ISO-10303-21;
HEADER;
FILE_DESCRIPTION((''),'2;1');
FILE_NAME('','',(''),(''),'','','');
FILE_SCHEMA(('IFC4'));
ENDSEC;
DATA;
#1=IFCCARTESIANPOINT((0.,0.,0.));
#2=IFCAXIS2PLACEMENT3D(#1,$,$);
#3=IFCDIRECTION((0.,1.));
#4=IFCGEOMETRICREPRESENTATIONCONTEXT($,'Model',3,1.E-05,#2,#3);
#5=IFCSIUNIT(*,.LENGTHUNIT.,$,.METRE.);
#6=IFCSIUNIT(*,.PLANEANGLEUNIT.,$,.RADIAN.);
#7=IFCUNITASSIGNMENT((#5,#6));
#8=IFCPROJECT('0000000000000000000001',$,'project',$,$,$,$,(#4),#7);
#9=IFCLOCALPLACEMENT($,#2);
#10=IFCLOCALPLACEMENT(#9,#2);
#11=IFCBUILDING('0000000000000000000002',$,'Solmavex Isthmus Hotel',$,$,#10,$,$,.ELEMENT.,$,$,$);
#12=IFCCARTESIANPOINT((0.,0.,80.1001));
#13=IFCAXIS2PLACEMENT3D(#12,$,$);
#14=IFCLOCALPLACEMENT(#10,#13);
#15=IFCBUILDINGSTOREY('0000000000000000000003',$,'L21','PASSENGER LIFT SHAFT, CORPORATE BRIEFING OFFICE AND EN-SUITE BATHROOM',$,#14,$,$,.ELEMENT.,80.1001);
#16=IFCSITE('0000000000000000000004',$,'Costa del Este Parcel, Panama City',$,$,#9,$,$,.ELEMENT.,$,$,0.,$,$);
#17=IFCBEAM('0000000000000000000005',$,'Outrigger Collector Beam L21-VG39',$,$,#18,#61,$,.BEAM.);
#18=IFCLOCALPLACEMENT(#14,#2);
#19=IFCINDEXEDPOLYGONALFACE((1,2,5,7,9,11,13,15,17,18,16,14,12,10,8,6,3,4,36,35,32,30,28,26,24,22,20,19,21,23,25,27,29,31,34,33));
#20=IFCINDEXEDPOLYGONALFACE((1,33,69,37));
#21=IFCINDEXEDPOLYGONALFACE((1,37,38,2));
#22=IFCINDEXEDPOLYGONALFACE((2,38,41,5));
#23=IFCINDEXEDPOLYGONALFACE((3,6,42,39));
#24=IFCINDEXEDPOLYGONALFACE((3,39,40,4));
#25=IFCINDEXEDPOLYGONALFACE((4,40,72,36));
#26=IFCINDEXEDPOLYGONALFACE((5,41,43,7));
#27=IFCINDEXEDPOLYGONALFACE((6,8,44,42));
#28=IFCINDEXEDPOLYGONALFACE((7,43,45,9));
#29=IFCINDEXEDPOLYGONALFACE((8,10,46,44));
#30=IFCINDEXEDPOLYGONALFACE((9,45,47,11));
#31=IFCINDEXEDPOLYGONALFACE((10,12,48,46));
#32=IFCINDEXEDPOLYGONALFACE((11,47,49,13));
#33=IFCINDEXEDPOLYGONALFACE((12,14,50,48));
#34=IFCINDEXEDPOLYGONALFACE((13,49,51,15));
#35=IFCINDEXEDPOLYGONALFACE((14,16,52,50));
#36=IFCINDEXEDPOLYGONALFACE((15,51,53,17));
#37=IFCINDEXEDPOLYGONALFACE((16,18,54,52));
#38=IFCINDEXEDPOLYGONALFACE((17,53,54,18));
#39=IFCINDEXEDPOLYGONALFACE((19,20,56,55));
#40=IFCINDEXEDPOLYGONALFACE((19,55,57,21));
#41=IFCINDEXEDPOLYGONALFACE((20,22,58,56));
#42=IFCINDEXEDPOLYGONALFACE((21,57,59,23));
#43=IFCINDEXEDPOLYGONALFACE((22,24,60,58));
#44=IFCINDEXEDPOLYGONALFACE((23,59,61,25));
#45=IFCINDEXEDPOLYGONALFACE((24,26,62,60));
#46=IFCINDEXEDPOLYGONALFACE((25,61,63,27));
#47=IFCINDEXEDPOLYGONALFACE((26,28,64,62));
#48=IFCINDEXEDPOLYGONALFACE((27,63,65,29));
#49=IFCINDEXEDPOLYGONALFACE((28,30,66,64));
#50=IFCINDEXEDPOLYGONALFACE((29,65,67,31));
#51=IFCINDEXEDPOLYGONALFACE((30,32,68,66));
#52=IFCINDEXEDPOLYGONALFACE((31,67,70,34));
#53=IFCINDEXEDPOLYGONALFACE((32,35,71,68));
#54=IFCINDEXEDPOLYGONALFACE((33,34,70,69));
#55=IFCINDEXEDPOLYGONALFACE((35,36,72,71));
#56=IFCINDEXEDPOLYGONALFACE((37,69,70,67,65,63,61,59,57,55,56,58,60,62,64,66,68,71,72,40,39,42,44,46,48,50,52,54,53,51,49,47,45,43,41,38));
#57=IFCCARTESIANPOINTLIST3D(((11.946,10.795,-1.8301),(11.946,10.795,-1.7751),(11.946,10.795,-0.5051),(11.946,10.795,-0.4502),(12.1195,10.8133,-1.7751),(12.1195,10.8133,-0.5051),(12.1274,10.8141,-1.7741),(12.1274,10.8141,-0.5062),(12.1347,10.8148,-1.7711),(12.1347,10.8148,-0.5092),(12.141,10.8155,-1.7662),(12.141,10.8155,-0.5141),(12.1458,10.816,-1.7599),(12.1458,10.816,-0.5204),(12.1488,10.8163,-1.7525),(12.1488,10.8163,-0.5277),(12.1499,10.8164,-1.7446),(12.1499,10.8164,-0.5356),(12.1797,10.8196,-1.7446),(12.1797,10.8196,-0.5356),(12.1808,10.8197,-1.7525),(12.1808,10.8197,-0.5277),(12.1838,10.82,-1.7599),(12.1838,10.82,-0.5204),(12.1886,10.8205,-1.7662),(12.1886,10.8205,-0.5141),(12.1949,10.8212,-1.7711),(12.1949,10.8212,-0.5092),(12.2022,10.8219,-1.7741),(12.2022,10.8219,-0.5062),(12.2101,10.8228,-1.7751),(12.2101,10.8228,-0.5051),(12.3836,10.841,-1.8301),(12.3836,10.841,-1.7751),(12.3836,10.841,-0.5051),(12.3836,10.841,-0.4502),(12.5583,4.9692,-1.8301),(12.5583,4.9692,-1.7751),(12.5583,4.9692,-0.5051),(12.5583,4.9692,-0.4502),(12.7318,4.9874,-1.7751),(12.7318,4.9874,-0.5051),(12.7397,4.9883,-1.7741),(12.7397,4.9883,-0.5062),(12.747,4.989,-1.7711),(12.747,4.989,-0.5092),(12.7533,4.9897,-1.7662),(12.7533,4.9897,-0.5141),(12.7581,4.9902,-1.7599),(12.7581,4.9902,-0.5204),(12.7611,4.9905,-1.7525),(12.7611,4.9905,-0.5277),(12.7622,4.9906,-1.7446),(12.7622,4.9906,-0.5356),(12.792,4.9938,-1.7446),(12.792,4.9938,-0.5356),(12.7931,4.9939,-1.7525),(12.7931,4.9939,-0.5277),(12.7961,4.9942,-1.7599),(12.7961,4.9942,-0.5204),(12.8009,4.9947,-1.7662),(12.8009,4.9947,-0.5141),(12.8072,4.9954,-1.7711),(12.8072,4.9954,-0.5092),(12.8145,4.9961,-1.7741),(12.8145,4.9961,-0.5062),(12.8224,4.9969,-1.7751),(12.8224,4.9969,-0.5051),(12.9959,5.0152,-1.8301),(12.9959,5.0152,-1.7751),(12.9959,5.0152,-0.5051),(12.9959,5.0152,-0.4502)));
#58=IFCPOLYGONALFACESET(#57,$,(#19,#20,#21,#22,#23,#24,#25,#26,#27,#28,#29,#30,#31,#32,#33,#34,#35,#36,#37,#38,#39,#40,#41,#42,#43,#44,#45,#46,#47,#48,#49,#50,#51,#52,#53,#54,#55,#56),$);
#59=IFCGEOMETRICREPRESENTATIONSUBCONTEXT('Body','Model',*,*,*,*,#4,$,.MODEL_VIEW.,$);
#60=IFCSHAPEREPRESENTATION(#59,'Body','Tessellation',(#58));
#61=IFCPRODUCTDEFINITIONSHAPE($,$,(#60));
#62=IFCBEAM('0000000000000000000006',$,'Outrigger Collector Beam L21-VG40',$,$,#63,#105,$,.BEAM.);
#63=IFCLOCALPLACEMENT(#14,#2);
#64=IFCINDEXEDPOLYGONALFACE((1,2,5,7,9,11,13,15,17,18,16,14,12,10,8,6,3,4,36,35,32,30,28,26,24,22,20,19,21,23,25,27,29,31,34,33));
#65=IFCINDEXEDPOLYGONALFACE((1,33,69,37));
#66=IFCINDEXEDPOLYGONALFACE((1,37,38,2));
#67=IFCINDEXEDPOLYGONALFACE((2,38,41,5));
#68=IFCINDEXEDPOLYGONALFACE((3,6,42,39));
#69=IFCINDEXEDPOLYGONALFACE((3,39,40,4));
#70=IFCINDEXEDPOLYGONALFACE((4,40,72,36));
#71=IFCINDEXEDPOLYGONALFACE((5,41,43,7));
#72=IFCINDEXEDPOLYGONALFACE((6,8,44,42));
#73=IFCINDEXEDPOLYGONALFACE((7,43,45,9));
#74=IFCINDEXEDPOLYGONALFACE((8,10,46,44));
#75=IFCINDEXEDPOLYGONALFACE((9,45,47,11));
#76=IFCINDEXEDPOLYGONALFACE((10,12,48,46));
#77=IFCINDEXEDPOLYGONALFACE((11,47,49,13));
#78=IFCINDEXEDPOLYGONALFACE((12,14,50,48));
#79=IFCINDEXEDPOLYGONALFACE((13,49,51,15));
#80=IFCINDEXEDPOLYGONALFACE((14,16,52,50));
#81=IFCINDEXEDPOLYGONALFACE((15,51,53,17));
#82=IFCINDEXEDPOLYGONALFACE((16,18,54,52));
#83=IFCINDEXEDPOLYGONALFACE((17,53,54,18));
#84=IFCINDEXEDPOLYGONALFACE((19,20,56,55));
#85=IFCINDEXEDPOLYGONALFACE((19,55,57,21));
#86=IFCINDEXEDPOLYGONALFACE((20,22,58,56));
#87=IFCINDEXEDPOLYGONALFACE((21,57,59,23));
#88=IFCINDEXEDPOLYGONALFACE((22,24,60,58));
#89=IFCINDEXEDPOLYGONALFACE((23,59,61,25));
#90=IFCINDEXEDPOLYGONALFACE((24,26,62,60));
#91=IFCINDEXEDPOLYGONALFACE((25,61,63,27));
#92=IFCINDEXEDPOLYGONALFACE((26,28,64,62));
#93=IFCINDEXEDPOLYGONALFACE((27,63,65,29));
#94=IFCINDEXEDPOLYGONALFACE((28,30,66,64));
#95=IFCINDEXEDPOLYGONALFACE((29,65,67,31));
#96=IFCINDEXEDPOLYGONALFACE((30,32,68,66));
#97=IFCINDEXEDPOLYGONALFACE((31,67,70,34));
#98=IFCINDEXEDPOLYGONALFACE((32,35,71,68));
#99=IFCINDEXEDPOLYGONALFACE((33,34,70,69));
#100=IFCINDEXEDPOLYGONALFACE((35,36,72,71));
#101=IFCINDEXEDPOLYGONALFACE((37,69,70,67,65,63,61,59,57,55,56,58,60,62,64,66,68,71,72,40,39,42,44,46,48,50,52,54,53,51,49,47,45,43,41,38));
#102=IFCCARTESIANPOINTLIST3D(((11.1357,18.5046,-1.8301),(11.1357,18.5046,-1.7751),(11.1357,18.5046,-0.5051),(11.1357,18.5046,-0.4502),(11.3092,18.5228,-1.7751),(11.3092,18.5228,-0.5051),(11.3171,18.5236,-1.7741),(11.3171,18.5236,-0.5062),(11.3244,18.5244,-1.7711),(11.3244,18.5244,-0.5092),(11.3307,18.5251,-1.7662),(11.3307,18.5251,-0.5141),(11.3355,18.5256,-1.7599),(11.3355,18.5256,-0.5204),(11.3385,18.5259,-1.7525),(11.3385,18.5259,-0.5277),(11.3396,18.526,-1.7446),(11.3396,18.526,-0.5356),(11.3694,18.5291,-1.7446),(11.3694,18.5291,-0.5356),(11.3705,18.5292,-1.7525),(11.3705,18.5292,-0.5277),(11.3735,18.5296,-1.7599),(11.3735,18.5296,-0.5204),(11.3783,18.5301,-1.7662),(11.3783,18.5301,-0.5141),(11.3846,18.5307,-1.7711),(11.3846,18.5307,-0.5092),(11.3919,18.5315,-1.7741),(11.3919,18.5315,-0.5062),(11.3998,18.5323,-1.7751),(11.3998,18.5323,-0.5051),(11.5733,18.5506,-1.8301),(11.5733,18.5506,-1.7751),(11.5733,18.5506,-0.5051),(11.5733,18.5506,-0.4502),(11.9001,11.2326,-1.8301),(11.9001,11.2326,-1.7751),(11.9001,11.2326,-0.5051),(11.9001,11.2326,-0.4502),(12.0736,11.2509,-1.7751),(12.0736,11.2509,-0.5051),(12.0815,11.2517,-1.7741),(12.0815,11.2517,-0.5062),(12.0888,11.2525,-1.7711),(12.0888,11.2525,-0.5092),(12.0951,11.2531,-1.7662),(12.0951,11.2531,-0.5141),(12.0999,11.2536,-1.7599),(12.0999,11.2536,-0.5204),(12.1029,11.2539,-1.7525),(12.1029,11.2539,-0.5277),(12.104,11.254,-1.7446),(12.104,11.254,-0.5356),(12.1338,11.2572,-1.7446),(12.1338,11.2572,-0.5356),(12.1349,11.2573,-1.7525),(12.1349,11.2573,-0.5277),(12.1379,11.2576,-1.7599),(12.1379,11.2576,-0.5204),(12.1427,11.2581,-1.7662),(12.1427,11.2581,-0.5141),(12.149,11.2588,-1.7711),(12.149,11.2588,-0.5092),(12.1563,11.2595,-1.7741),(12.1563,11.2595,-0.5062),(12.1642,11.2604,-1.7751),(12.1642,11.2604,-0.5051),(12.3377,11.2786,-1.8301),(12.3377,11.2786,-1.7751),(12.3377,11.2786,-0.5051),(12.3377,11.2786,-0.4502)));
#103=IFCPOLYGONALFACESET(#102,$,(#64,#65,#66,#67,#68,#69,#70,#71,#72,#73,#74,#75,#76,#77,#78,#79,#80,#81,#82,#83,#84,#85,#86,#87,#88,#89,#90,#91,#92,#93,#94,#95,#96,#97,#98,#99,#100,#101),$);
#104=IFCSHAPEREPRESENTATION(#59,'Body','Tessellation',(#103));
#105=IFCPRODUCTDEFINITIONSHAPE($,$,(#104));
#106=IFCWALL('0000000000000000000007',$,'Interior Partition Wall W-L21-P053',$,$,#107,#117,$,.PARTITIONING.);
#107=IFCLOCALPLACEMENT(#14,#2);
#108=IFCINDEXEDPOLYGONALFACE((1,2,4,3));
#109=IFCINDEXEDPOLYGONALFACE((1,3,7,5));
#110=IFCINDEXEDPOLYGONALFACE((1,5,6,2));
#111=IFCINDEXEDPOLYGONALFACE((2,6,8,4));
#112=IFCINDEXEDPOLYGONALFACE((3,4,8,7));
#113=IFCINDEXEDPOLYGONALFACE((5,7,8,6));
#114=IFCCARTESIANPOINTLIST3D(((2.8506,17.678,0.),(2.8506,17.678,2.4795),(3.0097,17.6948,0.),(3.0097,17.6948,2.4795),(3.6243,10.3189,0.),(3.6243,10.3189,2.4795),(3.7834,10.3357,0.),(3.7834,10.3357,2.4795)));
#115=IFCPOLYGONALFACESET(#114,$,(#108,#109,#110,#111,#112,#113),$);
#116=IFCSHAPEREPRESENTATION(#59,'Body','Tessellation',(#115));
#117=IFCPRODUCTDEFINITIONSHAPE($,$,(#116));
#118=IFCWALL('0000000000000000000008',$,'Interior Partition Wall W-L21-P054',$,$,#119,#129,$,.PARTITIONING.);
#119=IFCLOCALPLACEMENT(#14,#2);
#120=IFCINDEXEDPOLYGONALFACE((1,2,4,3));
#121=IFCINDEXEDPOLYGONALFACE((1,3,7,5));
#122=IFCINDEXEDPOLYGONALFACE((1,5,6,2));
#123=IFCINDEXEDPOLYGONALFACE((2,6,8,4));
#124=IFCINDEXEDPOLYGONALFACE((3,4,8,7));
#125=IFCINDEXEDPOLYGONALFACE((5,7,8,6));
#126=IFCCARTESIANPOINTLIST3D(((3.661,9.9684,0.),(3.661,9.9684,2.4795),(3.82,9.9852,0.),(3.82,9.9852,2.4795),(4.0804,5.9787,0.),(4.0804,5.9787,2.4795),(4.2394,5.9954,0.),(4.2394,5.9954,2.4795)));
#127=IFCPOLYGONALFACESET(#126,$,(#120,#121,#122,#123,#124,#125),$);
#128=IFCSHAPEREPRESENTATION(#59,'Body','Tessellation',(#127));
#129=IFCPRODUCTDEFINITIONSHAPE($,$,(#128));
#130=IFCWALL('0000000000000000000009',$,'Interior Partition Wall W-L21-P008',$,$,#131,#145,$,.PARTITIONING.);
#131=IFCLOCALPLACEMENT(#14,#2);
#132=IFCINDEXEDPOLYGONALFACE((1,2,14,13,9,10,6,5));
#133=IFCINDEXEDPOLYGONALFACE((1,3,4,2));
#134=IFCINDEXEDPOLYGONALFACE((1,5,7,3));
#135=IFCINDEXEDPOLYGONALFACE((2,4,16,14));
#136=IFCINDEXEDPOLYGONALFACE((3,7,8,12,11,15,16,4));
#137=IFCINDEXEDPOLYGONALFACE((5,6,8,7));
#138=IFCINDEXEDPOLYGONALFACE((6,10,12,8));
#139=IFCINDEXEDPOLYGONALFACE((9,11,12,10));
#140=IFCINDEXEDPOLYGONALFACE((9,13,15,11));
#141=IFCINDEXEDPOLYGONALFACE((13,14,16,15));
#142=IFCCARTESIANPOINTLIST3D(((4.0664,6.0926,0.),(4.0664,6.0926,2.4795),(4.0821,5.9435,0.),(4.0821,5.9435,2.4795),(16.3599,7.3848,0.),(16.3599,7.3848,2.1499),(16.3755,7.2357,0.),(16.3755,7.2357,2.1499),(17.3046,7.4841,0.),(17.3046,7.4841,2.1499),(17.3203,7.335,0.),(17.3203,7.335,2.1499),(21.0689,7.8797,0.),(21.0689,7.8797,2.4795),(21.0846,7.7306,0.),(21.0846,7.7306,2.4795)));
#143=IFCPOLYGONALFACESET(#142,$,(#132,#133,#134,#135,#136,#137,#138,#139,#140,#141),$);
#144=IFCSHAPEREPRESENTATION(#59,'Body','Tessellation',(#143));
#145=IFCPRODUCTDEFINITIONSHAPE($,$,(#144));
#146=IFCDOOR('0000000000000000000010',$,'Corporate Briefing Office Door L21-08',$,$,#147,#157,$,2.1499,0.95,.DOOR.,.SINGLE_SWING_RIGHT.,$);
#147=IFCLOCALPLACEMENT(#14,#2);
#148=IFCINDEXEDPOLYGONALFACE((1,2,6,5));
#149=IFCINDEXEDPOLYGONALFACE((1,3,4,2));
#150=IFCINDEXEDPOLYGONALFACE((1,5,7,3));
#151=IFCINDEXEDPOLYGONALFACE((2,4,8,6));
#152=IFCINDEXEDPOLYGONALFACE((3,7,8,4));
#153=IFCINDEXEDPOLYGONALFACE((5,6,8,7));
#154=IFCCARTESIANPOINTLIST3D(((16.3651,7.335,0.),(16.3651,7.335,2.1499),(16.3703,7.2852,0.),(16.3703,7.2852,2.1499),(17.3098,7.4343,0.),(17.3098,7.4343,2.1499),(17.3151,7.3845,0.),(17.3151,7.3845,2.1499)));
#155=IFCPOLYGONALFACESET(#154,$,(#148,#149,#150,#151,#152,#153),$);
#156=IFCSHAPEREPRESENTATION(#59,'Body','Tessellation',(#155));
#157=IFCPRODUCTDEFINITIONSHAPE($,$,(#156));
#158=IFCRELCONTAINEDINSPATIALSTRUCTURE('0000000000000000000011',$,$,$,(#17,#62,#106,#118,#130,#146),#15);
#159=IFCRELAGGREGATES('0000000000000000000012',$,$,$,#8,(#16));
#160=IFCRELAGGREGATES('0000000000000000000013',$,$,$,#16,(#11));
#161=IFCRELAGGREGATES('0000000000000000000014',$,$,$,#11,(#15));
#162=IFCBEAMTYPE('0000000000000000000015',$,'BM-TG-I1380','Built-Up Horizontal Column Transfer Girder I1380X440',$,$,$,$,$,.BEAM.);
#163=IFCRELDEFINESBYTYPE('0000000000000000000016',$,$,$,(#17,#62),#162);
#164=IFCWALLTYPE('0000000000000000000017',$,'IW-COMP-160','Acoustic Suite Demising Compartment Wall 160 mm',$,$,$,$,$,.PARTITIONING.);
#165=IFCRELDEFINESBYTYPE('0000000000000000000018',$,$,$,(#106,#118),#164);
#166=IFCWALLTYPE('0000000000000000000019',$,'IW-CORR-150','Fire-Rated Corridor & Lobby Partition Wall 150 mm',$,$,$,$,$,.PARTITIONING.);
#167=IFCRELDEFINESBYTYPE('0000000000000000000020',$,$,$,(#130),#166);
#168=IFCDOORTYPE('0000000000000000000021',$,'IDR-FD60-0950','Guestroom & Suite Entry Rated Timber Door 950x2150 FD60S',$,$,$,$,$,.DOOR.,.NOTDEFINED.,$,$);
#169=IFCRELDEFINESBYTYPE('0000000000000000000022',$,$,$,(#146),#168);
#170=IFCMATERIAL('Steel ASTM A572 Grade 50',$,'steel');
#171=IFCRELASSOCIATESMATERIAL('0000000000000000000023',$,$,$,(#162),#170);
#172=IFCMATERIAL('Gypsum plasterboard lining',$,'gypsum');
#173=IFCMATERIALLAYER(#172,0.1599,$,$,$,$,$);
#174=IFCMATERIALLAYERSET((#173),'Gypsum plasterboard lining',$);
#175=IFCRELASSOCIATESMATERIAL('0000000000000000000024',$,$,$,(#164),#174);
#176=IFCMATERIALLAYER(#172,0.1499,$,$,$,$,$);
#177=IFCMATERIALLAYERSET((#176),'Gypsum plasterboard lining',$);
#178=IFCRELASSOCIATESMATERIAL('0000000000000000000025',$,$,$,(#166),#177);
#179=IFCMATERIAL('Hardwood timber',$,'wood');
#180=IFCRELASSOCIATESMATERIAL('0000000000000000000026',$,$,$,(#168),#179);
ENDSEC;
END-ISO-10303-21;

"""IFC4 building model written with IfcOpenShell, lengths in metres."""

from ifc_helpers import new_model, si_unit, direction, frame, frame_2d, origin, origin_2d, place, context, subcontext, project, spatial, rectangle, i_section, extrude, material, layer, layer_set, material_profile, profile_set, type_object, element, fill, save


model = new_model("IFC4")

# Units and contexts
model_context = context("Model", 3, precision=1e-05, world=origin(), true_north=direction((0.0, 1.0)))
body_context = subcontext(model_context, "Body", "Model", "MODEL_VIEW")
ifc_project = project(units=[si_unit("LENGTHUNIT", "METRE"), si_unit("PLANEANGLEUNIT", "RADIAN")], contexts=[model_context])

# Site, building, storey
site_placement = place(None, origin())
site = spatial("IfcSite", under=ifc_project, at=site_placement, Name="Costa del Este Parcel, Panama City", CompositionType="ELEMENT", RefElevation=0.0)
building_placement = place(site_placement, origin())
building = spatial("IfcBuilding", under=site, at=building_placement, Name="Solmavex Isthmus Hotel", CompositionType="ELEMENT")
storey_placement = place(building_placement, frame((0.0, 0.0, 80.1001)))
storey = spatial("IfcBuildingStorey", under=building, at=storey_placement, Name="L21", Description="PASSENGER LIFT SHAFT, CORPORATE BRIEFING OFFICE AND EN-SUITE BATHROOM", CompositionType="ELEMENT", Elevation=80.1001)

# Beams
ifc_material_1 = material(Name="Steel ASTM A572 Grade 50", Category="steel")
ifc_material_profile_1 = material_profile(ifc_material_1, i_section(OverallWidth=0.4399, OverallDepth=1.3799, WebThickness=0.03, FlangeThickness=0.0549, FilletRadius=0.0305, at=origin_2d()), Name="I1380X440")
ifc_profile_set_1 = profile_set([ifc_material_profile_1], Name="Steel ASTM A572 Grade 50")
beam_type_1 = type_object("IfcBeamType", Name="BM-TG-I1380", Description="Built-Up Horizontal Column Transfer Girder I1380X440", PredefinedType="BEAM", material=ifc_profile_set_1)
beam_1_placement = place(storey_placement, frame((12.7771, 4.9922, -1.1401), z_axis=(-0.104524, 0.994522, 0.0), x_axis=(-0.994522, -0.104524, 0.0)))
element("IfcBeam", 1, at=beam_1_placement, inside=storey, type_object=beam_type_1, Name="Outrigger Collector Beam L21-VG39", PredefinedType="BEAM", context=body_context, shape_type="SweptSolid", body=[
    extrude(i_section(OverallWidth=0.4399, OverallDepth=1.3799, WebThickness=0.03, FlangeThickness=0.0549, FilletRadius=0.0305, at=origin_2d()), origin(), (0.0, 0.0, 1.0), 5.8579),
])
beam_2_placement = place(storey_placement, frame((12.1189, 11.2556, -1.1401), z_axis=(-0.104541, 0.994521, 0.0), x_axis=(-0.994521, -0.104541, 0.0)))
element("IfcBeam", 2, at=beam_2_placement, inside=storey, type_object=beam_type_1, Name="Outrigger Collector Beam L21-VG40", PredefinedType="BEAM", context=body_context, shape_type="SweptSolid", body=[
    extrude(i_section(OverallWidth=0.4399, OverallDepth=1.3799, WebThickness=0.03, FlangeThickness=0.0549, FilletRadius=0.0305, at=origin_2d()), origin(), (0.0, 0.0, 1.0), 7.312),
])

# Walls
ifc_material_2 = material(Name="Gypsum plasterboard lining", Category="gypsum")
ifc_layer_1 = layer(ifc_material_2, 0.1599)
ifc_layer_set_1 = layer_set([ifc_layer_1], Name="Gypsum plasterboard lining")
wall_type_1 = type_object("IfcWallType", Name="IW-COMP-160", Description="Acoustic Suite Demising Compartment Wall 160 mm", PredefinedType="PARTITIONING", material=ifc_layer_set_1)
wall_1_placement = place(storey_placement, frame((2.9302, 17.6863, 0.0), z_axis=(0.0, 0.0, 1.0), x_axis=(0.104556, -0.994519, 0.0)))
element("IfcWall", 3, at=wall_1_placement, inside=storey, type_object=wall_type_1, Name="Interior Partition Wall W-L21-P053", PredefinedType="PARTITIONING", context=body_context, shape_type="SweptSolid", body=[
    extrude(rectangle(XDim=7.3997, YDim=0.1599, at=frame_2d((3.6997, 0.0))), origin(), (0.0, 0.0, 1.0), 2.4795),
])
wall_2_placement = place(storey_placement, frame((3.7405, 9.9768, 0.0), z_axis=(0.0, 0.0, 1.0), x_axis=(0.104552, -0.994519, 0.0)))
element("IfcWall", 4, at=wall_2_placement, inside=storey, type_object=wall_type_1, Name="Interior Partition Wall W-L21-P054", PredefinedType="PARTITIONING", context=body_context, shape_type="SweptSolid", body=[
    extrude(rectangle(XDim=4.0117, YDim=0.1599, at=frame_2d((2.0059, 0.0))), origin(), (0.0, 0.0, 1.0), 2.4795),
])

# Wall, opening, door
ifc_layer_2 = layer(ifc_material_2, 0.1499)
ifc_layer_set_2 = layer_set([ifc_layer_2], Name="Gypsum plasterboard lining")
wall_type_2 = type_object("IfcWallType", Name="IW-CORR-150", Description="Fire-Rated Corridor & Lobby Partition Wall 150 mm", PredefinedType="PARTITIONING", material=ifc_layer_set_2)
wall_3_placement = place(storey_placement, frame((4.0742, 6.0181, 0.0), z_axis=(0.0, 0.0, 1.0), x_axis=(0.994521, 0.104533, 0.0)))
wall_3 = element("IfcWall", 5, at=wall_3_placement, inside=storey, type_object=wall_type_2, Name="Interior Partition Wall W-L21-P008", PredefinedType="PARTITIONING", context=body_context, shape_type="SweptSolid", body=[
    extrude(rectangle(XDim=17.0962, YDim=0.1499, at=frame_2d((8.5481, 0.0))), origin(), (0.0, 0.0, 1.0), 2.4795),
])
opening_1_placement = place(wall_3_placement, frame((12.3611, 0.0, 0.0)))
opening_1 = element("IfcOpeningElement", 6, at=opening_1_placement, cuts=wall_3, PredefinedType="OPENING", context=body_context, shape_type="SweptSolid", body=[
    extrude(rectangle(XDim=0.95, YDim=2.1499, at=frame_2d((0.4751, 1.075))), frame((0.0, 0.085, 0.0), z_axis=(0.0, -1.0, 0.0), x_axis=(1.0, 0.0, 0.0)), (0.0, 0.0, 1.0), 0.1699),
])
ifc_material_3 = material(Name="Hardwood timber", Category="wood")
door_type = type_object("IfcDoorType", Name="IDR-FD60-0950", Description="Guestroom & Suite Entry Rated Timber Door 950x2150 FD60S", OperationType="NOTDEFINED", PredefinedType="DOOR", material=ifc_material_3)
door_1_placement = place(opening_1_placement, origin())
door_1 = element("IfcDoor", 7, at=door_1_placement, inside=storey, type_object=door_type, Name="Corporate Briefing Office Door L21-08", OperationType="SINGLE_SWING_RIGHT", OverallHeight=2.1499, OverallWidth=0.95, PredefinedType="DOOR", context=body_context, shape_type="SweptSolid", body=[
    extrude(rectangle(XDim=0.95, YDim=2.1499, at=frame_2d((0.4751, 1.075))), frame((0.0, 0.0249, 0.0), z_axis=(0.0, -1.0, 0.0), x_axis=(1.0, 0.0, 0.0)), (0.0, 0.0, 1.0), 0.05),
])
fill(opening_1, door_1)

save(model, "model.ifc")
